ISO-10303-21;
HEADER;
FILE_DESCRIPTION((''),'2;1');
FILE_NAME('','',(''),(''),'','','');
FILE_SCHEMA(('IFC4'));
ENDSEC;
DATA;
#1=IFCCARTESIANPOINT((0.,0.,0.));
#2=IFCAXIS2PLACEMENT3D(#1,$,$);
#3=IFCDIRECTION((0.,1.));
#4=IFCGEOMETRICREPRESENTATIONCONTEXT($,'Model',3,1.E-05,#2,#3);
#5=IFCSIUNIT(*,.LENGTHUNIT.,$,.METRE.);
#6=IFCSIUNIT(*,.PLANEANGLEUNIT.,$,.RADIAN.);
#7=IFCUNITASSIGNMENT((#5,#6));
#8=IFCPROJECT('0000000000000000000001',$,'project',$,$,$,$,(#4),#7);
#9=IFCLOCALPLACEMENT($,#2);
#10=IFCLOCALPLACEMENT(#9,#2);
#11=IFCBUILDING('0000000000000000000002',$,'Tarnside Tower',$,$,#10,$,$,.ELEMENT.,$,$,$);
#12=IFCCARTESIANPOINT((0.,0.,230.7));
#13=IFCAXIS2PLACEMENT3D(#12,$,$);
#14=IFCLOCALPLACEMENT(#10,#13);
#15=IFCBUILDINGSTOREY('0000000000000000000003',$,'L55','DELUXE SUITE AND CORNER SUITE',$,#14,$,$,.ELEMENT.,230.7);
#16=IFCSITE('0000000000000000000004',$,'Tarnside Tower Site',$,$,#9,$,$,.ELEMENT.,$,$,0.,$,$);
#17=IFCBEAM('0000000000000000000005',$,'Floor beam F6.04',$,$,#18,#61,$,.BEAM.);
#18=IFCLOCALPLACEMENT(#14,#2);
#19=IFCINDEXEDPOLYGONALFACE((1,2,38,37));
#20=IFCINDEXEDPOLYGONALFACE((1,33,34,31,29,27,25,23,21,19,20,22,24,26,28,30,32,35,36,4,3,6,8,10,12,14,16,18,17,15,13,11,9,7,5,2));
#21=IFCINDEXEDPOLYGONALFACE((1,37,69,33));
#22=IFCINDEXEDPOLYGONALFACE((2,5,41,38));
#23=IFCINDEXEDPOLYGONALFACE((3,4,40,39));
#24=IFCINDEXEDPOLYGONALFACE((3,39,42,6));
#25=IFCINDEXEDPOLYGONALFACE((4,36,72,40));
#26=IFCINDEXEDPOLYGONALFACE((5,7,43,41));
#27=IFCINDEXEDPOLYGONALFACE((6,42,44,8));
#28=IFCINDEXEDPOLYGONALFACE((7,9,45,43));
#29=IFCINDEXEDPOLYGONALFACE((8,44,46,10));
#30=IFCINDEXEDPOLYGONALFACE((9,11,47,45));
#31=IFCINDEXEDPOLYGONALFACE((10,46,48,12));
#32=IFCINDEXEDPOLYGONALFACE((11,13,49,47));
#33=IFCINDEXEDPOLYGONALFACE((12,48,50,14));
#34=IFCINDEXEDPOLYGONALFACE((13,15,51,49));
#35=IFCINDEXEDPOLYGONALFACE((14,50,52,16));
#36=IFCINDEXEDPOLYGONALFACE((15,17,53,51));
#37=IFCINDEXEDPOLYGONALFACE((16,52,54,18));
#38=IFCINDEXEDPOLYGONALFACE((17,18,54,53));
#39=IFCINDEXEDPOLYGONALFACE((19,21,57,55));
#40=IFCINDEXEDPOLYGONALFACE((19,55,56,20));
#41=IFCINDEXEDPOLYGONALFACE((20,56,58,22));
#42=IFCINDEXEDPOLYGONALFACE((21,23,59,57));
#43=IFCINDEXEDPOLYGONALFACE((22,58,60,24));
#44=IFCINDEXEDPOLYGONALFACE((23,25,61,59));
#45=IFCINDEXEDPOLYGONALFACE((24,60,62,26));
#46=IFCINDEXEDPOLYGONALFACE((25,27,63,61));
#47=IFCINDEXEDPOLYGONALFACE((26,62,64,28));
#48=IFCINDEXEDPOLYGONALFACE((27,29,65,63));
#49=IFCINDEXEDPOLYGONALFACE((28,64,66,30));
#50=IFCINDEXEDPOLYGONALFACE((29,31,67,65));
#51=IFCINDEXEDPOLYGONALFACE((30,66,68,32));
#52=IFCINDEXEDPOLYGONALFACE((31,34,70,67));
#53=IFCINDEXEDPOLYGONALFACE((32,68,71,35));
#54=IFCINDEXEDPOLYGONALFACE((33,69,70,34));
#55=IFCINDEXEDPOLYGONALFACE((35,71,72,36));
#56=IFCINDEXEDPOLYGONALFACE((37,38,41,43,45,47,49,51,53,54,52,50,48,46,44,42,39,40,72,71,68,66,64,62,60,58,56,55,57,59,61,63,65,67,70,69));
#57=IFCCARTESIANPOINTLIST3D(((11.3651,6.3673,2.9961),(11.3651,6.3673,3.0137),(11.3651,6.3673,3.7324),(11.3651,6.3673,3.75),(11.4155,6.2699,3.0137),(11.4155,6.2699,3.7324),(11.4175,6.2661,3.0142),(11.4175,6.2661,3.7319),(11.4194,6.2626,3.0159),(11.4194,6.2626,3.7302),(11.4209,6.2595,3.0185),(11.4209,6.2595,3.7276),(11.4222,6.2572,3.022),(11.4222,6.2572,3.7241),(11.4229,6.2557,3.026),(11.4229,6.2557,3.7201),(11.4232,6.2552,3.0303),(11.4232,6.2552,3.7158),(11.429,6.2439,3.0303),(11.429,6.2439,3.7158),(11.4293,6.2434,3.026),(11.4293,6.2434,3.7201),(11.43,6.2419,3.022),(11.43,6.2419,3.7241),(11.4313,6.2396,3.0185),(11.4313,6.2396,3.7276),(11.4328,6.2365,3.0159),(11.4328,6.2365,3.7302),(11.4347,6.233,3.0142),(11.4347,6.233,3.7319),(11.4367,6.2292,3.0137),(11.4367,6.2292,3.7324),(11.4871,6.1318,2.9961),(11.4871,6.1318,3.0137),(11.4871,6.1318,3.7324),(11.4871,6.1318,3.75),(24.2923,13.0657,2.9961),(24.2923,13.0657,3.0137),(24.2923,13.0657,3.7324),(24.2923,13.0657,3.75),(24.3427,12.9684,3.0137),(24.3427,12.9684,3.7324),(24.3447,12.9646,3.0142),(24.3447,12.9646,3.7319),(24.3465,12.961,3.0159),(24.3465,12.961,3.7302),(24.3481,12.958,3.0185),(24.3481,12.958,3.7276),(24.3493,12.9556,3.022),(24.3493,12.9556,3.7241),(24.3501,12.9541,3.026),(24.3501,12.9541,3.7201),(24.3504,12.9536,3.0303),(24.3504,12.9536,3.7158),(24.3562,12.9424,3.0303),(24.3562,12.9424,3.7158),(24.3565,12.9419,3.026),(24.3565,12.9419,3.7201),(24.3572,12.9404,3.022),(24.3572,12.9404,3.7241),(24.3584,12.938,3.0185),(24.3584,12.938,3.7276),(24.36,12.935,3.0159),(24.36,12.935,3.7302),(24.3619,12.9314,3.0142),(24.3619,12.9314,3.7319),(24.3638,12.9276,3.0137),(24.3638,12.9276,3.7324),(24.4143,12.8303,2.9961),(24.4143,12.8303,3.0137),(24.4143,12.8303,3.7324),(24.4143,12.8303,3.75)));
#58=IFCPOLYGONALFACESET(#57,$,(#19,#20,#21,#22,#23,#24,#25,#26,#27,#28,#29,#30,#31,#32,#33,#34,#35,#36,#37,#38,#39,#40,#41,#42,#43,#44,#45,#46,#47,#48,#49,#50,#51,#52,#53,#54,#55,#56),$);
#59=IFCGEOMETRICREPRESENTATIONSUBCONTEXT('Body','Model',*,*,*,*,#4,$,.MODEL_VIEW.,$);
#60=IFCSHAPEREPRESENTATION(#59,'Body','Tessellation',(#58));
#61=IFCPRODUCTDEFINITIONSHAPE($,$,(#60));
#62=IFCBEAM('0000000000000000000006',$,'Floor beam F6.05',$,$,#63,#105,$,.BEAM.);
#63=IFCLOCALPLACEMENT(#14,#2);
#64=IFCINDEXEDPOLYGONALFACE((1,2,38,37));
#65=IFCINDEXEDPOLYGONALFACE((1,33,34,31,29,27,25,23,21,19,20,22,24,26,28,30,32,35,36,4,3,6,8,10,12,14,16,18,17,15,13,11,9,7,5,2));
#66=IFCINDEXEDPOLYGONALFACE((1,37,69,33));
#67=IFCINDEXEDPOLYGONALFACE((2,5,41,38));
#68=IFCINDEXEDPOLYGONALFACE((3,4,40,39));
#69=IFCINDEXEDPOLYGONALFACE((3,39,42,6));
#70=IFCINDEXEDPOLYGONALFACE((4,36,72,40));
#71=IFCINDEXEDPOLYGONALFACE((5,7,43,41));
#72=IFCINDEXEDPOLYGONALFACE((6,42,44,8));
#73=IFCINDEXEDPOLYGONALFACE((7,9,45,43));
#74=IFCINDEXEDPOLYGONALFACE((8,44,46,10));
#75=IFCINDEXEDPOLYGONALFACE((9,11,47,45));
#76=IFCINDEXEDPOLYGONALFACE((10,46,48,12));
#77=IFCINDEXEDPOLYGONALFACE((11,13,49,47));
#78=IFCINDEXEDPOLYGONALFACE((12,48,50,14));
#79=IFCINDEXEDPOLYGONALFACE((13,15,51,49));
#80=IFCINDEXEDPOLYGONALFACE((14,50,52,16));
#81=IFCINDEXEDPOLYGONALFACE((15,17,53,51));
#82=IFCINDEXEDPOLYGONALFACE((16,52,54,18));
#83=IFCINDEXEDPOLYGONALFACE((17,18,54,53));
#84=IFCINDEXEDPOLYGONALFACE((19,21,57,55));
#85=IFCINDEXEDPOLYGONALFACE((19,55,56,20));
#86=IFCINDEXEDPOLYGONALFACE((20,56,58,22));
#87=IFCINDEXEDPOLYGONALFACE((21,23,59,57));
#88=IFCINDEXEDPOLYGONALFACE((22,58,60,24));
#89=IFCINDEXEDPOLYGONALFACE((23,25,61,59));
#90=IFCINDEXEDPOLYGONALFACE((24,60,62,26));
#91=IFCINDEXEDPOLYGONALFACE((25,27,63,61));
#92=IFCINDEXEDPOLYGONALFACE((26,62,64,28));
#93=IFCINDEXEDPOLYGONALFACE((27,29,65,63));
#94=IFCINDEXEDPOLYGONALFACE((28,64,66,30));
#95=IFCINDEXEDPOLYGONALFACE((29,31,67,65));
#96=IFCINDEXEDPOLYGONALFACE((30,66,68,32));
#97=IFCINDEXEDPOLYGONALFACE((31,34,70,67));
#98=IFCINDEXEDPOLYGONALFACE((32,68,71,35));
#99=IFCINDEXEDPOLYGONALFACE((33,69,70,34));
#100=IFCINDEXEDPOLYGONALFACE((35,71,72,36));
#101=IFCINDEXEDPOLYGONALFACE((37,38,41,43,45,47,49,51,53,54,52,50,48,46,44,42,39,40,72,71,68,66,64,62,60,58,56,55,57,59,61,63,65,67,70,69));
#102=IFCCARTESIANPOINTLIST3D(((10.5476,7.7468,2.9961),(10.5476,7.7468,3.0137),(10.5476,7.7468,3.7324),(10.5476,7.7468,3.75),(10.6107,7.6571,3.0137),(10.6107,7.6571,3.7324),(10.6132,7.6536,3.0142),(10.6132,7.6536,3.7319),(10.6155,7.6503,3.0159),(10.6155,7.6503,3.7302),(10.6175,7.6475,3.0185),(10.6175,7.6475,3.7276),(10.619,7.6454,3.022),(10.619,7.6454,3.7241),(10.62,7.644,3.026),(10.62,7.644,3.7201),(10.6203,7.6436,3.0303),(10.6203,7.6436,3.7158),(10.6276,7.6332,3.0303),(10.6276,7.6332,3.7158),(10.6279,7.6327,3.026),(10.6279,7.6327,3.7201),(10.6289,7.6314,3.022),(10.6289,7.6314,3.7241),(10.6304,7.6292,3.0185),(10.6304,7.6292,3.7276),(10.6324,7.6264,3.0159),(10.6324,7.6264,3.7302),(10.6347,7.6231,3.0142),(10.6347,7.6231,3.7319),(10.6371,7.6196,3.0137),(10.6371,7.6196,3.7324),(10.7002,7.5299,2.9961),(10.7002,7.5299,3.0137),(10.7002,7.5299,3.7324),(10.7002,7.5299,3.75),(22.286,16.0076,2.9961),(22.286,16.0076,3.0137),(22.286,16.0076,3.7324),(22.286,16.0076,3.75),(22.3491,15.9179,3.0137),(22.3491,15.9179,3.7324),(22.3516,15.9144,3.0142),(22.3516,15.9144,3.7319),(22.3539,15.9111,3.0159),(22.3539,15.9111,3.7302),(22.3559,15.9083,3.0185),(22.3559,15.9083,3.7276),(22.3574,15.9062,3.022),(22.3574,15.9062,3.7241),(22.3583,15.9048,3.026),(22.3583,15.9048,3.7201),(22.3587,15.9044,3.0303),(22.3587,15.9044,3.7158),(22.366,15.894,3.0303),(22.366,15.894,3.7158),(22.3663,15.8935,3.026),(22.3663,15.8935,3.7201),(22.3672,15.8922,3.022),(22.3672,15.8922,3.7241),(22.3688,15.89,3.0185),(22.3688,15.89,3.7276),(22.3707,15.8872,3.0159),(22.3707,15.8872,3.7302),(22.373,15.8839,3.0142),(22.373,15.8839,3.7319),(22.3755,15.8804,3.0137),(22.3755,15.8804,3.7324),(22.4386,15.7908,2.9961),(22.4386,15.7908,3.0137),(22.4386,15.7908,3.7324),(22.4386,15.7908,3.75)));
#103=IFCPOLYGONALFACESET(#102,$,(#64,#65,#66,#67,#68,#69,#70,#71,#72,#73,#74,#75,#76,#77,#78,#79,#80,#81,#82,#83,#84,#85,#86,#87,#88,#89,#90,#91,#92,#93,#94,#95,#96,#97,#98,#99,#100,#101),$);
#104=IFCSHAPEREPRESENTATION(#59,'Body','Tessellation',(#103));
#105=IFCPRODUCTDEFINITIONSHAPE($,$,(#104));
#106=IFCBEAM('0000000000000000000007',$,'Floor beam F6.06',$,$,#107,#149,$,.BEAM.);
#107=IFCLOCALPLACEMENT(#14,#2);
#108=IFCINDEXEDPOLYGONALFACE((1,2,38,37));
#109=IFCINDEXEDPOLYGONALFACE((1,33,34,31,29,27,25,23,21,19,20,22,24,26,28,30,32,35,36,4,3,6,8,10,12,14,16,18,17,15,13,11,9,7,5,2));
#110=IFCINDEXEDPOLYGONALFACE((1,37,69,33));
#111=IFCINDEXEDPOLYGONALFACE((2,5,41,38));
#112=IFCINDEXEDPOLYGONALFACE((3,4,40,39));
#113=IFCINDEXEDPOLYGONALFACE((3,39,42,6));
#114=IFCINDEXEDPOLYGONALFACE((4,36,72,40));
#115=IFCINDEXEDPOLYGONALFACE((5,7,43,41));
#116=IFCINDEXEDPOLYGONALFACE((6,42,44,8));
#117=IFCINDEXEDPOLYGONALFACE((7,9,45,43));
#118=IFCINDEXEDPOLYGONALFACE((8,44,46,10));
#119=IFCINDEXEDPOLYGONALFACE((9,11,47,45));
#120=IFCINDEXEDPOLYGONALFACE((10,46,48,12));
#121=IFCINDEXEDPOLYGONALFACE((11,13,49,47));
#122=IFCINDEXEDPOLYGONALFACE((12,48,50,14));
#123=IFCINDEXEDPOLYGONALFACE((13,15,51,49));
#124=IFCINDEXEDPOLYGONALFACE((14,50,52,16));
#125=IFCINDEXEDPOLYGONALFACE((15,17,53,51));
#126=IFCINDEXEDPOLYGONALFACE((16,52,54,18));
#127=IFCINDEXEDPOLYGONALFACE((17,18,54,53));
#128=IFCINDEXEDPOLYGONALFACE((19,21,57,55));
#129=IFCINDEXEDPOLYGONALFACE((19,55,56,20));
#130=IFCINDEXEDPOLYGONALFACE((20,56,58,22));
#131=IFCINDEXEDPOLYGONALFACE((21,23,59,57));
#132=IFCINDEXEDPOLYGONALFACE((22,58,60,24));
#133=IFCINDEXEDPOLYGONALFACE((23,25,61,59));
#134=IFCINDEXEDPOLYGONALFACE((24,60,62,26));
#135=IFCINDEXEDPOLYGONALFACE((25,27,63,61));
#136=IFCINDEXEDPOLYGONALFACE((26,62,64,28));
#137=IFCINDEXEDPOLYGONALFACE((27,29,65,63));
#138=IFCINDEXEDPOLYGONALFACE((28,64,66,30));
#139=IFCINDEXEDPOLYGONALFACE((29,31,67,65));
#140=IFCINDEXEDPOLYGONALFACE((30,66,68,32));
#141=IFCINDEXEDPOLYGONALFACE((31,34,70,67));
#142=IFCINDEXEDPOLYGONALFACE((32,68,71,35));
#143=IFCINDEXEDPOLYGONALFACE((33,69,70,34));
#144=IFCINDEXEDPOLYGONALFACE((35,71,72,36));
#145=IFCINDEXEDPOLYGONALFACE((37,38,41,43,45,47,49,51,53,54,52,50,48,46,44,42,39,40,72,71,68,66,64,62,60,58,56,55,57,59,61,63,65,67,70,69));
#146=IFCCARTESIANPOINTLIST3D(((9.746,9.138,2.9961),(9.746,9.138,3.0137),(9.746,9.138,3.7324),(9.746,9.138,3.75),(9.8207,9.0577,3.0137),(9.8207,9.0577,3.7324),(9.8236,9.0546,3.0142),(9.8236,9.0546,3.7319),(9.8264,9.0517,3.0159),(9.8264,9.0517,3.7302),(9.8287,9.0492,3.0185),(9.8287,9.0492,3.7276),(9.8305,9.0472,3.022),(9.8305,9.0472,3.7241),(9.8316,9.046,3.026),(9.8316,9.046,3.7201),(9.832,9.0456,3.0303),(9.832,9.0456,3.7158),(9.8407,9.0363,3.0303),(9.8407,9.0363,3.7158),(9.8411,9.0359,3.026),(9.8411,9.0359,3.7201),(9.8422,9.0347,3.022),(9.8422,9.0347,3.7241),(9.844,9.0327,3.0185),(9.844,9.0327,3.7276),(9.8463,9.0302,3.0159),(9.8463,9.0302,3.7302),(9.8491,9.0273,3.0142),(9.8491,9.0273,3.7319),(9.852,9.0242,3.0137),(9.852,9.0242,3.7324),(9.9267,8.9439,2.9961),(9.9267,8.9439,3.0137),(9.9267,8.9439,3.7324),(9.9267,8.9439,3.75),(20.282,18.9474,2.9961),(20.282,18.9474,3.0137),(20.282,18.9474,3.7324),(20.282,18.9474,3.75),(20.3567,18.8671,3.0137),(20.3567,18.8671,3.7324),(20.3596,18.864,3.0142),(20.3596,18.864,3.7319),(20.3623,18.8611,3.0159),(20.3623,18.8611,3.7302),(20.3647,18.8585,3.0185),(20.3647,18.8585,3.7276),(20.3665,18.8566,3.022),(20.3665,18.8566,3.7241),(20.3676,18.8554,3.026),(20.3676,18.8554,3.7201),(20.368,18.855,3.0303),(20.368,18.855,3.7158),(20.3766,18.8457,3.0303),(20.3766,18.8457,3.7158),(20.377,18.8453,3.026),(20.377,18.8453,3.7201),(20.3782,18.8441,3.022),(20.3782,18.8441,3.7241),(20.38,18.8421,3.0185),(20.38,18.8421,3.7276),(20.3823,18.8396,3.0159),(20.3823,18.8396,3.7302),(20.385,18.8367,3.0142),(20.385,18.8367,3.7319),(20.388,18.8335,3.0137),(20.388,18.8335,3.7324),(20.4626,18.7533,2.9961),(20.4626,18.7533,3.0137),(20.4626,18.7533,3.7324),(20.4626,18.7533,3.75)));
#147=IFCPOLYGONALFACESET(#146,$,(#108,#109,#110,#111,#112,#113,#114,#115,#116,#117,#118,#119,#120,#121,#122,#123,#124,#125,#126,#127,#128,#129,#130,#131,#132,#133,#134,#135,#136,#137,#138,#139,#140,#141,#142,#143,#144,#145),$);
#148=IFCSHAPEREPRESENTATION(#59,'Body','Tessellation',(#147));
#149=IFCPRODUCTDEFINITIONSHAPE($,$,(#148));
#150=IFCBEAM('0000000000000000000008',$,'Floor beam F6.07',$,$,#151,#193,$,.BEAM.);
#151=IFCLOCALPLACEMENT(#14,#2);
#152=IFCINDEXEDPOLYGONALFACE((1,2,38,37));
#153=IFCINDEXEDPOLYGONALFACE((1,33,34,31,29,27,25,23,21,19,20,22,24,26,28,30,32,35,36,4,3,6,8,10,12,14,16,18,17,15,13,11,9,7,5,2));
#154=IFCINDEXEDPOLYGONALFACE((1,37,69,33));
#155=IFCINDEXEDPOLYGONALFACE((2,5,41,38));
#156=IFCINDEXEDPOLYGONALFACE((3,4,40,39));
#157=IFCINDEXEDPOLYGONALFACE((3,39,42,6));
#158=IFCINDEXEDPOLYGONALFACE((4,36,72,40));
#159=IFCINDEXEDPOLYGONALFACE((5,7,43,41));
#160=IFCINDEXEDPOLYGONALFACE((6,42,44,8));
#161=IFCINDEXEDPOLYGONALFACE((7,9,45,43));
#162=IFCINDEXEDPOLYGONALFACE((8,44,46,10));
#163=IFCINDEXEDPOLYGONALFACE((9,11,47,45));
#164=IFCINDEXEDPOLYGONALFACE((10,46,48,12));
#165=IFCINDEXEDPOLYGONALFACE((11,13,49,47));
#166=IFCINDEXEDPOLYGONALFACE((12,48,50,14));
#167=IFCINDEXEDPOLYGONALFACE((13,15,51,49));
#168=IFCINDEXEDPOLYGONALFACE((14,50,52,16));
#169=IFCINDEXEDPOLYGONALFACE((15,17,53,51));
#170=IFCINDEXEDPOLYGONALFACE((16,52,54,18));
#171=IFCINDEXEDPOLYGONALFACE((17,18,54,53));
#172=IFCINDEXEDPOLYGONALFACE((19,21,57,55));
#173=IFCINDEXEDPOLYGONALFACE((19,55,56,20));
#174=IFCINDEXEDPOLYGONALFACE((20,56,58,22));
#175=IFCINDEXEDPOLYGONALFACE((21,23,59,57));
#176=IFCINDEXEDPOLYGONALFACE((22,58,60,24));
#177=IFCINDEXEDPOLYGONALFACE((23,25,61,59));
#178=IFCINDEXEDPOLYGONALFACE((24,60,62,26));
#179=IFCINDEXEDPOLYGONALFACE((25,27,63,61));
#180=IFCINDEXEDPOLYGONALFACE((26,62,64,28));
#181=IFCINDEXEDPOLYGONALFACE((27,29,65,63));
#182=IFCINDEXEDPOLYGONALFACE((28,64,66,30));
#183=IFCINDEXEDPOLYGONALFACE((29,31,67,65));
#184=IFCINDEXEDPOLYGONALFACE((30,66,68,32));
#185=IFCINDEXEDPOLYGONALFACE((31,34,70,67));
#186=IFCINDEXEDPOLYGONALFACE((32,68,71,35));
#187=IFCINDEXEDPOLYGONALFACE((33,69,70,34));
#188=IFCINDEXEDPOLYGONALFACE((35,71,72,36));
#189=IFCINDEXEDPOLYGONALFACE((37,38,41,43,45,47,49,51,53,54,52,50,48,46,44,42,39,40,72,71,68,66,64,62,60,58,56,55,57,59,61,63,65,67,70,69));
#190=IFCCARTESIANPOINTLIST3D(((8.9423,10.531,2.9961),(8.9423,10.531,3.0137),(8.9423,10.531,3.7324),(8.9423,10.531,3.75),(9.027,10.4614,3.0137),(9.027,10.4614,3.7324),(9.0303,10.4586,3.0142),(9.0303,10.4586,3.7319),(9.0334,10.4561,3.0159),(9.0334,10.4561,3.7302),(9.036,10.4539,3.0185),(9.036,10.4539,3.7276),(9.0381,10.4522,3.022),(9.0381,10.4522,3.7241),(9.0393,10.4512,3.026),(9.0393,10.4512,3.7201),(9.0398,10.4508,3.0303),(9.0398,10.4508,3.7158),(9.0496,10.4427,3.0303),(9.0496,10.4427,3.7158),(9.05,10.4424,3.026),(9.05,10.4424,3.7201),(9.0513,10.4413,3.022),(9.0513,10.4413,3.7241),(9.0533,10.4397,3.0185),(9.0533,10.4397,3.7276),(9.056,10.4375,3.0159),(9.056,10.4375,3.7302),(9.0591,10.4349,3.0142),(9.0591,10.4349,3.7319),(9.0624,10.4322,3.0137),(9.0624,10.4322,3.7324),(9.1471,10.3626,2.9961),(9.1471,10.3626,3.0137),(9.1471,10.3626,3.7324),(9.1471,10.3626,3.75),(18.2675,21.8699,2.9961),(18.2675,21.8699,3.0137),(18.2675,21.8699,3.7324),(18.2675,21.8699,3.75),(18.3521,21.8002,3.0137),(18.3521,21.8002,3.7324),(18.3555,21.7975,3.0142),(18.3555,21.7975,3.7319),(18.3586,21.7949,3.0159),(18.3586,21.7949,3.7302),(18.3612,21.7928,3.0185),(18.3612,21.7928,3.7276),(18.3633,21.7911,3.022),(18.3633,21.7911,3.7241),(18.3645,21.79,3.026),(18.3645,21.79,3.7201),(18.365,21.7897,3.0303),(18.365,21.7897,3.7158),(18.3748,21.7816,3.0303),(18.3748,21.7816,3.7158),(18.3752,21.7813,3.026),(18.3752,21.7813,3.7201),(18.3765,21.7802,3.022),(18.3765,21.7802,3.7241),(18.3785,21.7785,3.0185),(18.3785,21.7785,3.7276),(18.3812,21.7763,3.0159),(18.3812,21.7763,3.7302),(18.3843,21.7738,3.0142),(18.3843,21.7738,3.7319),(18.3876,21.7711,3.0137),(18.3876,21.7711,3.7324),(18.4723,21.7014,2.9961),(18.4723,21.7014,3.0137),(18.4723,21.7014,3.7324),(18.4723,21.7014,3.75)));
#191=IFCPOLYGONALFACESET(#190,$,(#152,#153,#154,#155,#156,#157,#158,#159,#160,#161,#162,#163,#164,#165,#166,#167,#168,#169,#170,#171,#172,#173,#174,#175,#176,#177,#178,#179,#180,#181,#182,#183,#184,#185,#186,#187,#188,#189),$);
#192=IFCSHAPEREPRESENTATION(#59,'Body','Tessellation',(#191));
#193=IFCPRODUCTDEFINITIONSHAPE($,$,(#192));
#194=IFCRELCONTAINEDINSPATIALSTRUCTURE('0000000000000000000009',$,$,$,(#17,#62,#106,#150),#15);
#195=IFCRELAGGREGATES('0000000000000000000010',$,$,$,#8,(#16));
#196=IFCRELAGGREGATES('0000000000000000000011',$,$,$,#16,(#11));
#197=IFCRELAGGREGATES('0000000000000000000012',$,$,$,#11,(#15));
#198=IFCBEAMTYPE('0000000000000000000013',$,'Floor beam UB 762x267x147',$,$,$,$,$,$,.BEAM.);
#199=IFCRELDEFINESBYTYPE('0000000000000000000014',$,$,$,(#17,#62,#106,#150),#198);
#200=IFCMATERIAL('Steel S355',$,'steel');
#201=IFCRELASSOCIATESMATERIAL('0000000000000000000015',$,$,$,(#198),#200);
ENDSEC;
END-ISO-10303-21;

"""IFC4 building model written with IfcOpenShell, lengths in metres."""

from ifc_helpers import new_model, si_unit, direction, frame, origin, origin_2d, place, context, subcontext, project, spatial, i_section, extrude, material, material_profile, profile_set, type_object, element, save


model = new_model("IFC4")

# Units and contexts
model_context = context("Model", 3, precision=1e-05, world=origin(), true_north=direction((0.0, 1.0)))
body_context = subcontext(model_context, "Body", "Model", "MODEL_VIEW")
ifc_project = project(units=[si_unit("LENGTHUNIT", "METRE"), si_unit("PLANEANGLEUNIT", "RADIAN")], contexts=[model_context])

# Site, building, storey
site_placement = place(None, origin())
site = spatial("IfcSite", under=ifc_project, at=site_placement, Name="Tarnside Tower Site", CompositionType="ELEMENT", RefElevation=0.0)
building_placement = place(site_placement, origin())
building = spatial("IfcBuilding", under=site, at=building_placement, Name="Tarnside Tower", CompositionType="ELEMENT")
storey_placement = place(building_placement, frame((0.0, 0.0, 230.7)))
storey = spatial("IfcBuildingStorey", under=building, at=storey_placement, Name="L55", Description="DELUXE SUITE AND CORNER SUITE", CompositionType="ELEMENT", Elevation=230.7)

# Beams
ifc_material_1 = material(Name="Steel S355", Category="steel")
ifc_material_profile_1 = material_profile(ifc_material_1, i_section(OverallWidth=0.2651, OverallDepth=0.7539, WebThickness=0.0127, FlangeThickness=0.0176, FilletRadius=0.0166, at=origin_2d()), Name="UB 762x267x147")
ifc_profile_set_1 = profile_set([ifc_material_profile_1], Name="Steel S355")
beam_type_1 = type_object("IfcBeamType", Name="Floor beam UB 762x267x147", PredefinedType="BEAM", material=ifc_profile_set_1)
beam_1_placement = place(storey_placement, frame((24.3533, 12.948, 3.373), z_axis=(-0.887882, -0.460072, 0.0), x_axis=(0.460072, -0.887882, 0.0)))
element("IfcBeam", 1, at=beam_1_placement, inside=storey, type_object=beam_type_1, Name="Floor beam F6.04", PredefinedType="BEAM", context=body_context, shape_type="SweptSolid", body=[
    extrude(i_section(OverallWidth=0.2651, OverallDepth=0.7539, WebThickness=0.0127, FlangeThickness=0.0176, FilletRadius=0.0166, at=origin_2d()), origin(), (0.0, 0.0, 1.0), 14.5596),
])
beam_2_placement = place(storey_placement, frame((22.3623, 15.8992, 3.373), z_axis=(-0.817791, -0.575515, 0.0), x_axis=(0.575515, -0.817791, 0.0)))
element("IfcBeam", 2, at=beam_2_placement, inside=storey, type_object=beam_type_1, Name="Floor beam F6.05", PredefinedType="BEAM", context=body_context, shape_type="SweptSolid", body=[
    extrude(i_section(OverallWidth=0.2651, OverallDepth=0.7539, WebThickness=0.0127, FlangeThickness=0.0176, FilletRadius=0.0166, at=origin_2d()), origin(), (0.0, 0.0, 1.0), 14.3538),
])
beam_3_placement = place(storey_placement, frame((20.3723, 18.8503, 3.373), z_axis=(-0.731892, -0.68142, 0.0), x_axis=(0.68142, -0.731892, 0.0)))
element("IfcBeam", 3, at=beam_3_placement, inside=storey, type_object=beam_type_1, Name="Floor beam F6.06", PredefinedType="BEAM", context=body_context, shape_type="SweptSolid", body=[
    extrude(i_section(OverallWidth=0.2651, OverallDepth=0.7539, WebThickness=0.0127, FlangeThickness=0.0176, FilletRadius=0.0166, at=origin_2d()), origin(), (0.0, 0.0, 1.0), 14.3955),
])
beam_4_placement = place(storey_placement, frame((18.3699, 21.7856, 3.373), z_axis=(-0.635192, -0.772354, 0.0), x_axis=(0.772354, -0.635192, 0.0)))
element("IfcBeam", 4, at=beam_4_placement, inside=storey, type_object=beam_type_1, Name="Floor beam F6.07", PredefinedType="BEAM", context=body_context, shape_type="SweptSolid", body=[
    extrude(i_section(OverallWidth=0.2651, OverallDepth=0.7539, WebThickness=0.0127, FlangeThickness=0.0176, FilletRadius=0.0166, at=origin_2d()), origin(), (0.0, 0.0, 1.0), 14.6809),
])

save(model, "model.ifc")
